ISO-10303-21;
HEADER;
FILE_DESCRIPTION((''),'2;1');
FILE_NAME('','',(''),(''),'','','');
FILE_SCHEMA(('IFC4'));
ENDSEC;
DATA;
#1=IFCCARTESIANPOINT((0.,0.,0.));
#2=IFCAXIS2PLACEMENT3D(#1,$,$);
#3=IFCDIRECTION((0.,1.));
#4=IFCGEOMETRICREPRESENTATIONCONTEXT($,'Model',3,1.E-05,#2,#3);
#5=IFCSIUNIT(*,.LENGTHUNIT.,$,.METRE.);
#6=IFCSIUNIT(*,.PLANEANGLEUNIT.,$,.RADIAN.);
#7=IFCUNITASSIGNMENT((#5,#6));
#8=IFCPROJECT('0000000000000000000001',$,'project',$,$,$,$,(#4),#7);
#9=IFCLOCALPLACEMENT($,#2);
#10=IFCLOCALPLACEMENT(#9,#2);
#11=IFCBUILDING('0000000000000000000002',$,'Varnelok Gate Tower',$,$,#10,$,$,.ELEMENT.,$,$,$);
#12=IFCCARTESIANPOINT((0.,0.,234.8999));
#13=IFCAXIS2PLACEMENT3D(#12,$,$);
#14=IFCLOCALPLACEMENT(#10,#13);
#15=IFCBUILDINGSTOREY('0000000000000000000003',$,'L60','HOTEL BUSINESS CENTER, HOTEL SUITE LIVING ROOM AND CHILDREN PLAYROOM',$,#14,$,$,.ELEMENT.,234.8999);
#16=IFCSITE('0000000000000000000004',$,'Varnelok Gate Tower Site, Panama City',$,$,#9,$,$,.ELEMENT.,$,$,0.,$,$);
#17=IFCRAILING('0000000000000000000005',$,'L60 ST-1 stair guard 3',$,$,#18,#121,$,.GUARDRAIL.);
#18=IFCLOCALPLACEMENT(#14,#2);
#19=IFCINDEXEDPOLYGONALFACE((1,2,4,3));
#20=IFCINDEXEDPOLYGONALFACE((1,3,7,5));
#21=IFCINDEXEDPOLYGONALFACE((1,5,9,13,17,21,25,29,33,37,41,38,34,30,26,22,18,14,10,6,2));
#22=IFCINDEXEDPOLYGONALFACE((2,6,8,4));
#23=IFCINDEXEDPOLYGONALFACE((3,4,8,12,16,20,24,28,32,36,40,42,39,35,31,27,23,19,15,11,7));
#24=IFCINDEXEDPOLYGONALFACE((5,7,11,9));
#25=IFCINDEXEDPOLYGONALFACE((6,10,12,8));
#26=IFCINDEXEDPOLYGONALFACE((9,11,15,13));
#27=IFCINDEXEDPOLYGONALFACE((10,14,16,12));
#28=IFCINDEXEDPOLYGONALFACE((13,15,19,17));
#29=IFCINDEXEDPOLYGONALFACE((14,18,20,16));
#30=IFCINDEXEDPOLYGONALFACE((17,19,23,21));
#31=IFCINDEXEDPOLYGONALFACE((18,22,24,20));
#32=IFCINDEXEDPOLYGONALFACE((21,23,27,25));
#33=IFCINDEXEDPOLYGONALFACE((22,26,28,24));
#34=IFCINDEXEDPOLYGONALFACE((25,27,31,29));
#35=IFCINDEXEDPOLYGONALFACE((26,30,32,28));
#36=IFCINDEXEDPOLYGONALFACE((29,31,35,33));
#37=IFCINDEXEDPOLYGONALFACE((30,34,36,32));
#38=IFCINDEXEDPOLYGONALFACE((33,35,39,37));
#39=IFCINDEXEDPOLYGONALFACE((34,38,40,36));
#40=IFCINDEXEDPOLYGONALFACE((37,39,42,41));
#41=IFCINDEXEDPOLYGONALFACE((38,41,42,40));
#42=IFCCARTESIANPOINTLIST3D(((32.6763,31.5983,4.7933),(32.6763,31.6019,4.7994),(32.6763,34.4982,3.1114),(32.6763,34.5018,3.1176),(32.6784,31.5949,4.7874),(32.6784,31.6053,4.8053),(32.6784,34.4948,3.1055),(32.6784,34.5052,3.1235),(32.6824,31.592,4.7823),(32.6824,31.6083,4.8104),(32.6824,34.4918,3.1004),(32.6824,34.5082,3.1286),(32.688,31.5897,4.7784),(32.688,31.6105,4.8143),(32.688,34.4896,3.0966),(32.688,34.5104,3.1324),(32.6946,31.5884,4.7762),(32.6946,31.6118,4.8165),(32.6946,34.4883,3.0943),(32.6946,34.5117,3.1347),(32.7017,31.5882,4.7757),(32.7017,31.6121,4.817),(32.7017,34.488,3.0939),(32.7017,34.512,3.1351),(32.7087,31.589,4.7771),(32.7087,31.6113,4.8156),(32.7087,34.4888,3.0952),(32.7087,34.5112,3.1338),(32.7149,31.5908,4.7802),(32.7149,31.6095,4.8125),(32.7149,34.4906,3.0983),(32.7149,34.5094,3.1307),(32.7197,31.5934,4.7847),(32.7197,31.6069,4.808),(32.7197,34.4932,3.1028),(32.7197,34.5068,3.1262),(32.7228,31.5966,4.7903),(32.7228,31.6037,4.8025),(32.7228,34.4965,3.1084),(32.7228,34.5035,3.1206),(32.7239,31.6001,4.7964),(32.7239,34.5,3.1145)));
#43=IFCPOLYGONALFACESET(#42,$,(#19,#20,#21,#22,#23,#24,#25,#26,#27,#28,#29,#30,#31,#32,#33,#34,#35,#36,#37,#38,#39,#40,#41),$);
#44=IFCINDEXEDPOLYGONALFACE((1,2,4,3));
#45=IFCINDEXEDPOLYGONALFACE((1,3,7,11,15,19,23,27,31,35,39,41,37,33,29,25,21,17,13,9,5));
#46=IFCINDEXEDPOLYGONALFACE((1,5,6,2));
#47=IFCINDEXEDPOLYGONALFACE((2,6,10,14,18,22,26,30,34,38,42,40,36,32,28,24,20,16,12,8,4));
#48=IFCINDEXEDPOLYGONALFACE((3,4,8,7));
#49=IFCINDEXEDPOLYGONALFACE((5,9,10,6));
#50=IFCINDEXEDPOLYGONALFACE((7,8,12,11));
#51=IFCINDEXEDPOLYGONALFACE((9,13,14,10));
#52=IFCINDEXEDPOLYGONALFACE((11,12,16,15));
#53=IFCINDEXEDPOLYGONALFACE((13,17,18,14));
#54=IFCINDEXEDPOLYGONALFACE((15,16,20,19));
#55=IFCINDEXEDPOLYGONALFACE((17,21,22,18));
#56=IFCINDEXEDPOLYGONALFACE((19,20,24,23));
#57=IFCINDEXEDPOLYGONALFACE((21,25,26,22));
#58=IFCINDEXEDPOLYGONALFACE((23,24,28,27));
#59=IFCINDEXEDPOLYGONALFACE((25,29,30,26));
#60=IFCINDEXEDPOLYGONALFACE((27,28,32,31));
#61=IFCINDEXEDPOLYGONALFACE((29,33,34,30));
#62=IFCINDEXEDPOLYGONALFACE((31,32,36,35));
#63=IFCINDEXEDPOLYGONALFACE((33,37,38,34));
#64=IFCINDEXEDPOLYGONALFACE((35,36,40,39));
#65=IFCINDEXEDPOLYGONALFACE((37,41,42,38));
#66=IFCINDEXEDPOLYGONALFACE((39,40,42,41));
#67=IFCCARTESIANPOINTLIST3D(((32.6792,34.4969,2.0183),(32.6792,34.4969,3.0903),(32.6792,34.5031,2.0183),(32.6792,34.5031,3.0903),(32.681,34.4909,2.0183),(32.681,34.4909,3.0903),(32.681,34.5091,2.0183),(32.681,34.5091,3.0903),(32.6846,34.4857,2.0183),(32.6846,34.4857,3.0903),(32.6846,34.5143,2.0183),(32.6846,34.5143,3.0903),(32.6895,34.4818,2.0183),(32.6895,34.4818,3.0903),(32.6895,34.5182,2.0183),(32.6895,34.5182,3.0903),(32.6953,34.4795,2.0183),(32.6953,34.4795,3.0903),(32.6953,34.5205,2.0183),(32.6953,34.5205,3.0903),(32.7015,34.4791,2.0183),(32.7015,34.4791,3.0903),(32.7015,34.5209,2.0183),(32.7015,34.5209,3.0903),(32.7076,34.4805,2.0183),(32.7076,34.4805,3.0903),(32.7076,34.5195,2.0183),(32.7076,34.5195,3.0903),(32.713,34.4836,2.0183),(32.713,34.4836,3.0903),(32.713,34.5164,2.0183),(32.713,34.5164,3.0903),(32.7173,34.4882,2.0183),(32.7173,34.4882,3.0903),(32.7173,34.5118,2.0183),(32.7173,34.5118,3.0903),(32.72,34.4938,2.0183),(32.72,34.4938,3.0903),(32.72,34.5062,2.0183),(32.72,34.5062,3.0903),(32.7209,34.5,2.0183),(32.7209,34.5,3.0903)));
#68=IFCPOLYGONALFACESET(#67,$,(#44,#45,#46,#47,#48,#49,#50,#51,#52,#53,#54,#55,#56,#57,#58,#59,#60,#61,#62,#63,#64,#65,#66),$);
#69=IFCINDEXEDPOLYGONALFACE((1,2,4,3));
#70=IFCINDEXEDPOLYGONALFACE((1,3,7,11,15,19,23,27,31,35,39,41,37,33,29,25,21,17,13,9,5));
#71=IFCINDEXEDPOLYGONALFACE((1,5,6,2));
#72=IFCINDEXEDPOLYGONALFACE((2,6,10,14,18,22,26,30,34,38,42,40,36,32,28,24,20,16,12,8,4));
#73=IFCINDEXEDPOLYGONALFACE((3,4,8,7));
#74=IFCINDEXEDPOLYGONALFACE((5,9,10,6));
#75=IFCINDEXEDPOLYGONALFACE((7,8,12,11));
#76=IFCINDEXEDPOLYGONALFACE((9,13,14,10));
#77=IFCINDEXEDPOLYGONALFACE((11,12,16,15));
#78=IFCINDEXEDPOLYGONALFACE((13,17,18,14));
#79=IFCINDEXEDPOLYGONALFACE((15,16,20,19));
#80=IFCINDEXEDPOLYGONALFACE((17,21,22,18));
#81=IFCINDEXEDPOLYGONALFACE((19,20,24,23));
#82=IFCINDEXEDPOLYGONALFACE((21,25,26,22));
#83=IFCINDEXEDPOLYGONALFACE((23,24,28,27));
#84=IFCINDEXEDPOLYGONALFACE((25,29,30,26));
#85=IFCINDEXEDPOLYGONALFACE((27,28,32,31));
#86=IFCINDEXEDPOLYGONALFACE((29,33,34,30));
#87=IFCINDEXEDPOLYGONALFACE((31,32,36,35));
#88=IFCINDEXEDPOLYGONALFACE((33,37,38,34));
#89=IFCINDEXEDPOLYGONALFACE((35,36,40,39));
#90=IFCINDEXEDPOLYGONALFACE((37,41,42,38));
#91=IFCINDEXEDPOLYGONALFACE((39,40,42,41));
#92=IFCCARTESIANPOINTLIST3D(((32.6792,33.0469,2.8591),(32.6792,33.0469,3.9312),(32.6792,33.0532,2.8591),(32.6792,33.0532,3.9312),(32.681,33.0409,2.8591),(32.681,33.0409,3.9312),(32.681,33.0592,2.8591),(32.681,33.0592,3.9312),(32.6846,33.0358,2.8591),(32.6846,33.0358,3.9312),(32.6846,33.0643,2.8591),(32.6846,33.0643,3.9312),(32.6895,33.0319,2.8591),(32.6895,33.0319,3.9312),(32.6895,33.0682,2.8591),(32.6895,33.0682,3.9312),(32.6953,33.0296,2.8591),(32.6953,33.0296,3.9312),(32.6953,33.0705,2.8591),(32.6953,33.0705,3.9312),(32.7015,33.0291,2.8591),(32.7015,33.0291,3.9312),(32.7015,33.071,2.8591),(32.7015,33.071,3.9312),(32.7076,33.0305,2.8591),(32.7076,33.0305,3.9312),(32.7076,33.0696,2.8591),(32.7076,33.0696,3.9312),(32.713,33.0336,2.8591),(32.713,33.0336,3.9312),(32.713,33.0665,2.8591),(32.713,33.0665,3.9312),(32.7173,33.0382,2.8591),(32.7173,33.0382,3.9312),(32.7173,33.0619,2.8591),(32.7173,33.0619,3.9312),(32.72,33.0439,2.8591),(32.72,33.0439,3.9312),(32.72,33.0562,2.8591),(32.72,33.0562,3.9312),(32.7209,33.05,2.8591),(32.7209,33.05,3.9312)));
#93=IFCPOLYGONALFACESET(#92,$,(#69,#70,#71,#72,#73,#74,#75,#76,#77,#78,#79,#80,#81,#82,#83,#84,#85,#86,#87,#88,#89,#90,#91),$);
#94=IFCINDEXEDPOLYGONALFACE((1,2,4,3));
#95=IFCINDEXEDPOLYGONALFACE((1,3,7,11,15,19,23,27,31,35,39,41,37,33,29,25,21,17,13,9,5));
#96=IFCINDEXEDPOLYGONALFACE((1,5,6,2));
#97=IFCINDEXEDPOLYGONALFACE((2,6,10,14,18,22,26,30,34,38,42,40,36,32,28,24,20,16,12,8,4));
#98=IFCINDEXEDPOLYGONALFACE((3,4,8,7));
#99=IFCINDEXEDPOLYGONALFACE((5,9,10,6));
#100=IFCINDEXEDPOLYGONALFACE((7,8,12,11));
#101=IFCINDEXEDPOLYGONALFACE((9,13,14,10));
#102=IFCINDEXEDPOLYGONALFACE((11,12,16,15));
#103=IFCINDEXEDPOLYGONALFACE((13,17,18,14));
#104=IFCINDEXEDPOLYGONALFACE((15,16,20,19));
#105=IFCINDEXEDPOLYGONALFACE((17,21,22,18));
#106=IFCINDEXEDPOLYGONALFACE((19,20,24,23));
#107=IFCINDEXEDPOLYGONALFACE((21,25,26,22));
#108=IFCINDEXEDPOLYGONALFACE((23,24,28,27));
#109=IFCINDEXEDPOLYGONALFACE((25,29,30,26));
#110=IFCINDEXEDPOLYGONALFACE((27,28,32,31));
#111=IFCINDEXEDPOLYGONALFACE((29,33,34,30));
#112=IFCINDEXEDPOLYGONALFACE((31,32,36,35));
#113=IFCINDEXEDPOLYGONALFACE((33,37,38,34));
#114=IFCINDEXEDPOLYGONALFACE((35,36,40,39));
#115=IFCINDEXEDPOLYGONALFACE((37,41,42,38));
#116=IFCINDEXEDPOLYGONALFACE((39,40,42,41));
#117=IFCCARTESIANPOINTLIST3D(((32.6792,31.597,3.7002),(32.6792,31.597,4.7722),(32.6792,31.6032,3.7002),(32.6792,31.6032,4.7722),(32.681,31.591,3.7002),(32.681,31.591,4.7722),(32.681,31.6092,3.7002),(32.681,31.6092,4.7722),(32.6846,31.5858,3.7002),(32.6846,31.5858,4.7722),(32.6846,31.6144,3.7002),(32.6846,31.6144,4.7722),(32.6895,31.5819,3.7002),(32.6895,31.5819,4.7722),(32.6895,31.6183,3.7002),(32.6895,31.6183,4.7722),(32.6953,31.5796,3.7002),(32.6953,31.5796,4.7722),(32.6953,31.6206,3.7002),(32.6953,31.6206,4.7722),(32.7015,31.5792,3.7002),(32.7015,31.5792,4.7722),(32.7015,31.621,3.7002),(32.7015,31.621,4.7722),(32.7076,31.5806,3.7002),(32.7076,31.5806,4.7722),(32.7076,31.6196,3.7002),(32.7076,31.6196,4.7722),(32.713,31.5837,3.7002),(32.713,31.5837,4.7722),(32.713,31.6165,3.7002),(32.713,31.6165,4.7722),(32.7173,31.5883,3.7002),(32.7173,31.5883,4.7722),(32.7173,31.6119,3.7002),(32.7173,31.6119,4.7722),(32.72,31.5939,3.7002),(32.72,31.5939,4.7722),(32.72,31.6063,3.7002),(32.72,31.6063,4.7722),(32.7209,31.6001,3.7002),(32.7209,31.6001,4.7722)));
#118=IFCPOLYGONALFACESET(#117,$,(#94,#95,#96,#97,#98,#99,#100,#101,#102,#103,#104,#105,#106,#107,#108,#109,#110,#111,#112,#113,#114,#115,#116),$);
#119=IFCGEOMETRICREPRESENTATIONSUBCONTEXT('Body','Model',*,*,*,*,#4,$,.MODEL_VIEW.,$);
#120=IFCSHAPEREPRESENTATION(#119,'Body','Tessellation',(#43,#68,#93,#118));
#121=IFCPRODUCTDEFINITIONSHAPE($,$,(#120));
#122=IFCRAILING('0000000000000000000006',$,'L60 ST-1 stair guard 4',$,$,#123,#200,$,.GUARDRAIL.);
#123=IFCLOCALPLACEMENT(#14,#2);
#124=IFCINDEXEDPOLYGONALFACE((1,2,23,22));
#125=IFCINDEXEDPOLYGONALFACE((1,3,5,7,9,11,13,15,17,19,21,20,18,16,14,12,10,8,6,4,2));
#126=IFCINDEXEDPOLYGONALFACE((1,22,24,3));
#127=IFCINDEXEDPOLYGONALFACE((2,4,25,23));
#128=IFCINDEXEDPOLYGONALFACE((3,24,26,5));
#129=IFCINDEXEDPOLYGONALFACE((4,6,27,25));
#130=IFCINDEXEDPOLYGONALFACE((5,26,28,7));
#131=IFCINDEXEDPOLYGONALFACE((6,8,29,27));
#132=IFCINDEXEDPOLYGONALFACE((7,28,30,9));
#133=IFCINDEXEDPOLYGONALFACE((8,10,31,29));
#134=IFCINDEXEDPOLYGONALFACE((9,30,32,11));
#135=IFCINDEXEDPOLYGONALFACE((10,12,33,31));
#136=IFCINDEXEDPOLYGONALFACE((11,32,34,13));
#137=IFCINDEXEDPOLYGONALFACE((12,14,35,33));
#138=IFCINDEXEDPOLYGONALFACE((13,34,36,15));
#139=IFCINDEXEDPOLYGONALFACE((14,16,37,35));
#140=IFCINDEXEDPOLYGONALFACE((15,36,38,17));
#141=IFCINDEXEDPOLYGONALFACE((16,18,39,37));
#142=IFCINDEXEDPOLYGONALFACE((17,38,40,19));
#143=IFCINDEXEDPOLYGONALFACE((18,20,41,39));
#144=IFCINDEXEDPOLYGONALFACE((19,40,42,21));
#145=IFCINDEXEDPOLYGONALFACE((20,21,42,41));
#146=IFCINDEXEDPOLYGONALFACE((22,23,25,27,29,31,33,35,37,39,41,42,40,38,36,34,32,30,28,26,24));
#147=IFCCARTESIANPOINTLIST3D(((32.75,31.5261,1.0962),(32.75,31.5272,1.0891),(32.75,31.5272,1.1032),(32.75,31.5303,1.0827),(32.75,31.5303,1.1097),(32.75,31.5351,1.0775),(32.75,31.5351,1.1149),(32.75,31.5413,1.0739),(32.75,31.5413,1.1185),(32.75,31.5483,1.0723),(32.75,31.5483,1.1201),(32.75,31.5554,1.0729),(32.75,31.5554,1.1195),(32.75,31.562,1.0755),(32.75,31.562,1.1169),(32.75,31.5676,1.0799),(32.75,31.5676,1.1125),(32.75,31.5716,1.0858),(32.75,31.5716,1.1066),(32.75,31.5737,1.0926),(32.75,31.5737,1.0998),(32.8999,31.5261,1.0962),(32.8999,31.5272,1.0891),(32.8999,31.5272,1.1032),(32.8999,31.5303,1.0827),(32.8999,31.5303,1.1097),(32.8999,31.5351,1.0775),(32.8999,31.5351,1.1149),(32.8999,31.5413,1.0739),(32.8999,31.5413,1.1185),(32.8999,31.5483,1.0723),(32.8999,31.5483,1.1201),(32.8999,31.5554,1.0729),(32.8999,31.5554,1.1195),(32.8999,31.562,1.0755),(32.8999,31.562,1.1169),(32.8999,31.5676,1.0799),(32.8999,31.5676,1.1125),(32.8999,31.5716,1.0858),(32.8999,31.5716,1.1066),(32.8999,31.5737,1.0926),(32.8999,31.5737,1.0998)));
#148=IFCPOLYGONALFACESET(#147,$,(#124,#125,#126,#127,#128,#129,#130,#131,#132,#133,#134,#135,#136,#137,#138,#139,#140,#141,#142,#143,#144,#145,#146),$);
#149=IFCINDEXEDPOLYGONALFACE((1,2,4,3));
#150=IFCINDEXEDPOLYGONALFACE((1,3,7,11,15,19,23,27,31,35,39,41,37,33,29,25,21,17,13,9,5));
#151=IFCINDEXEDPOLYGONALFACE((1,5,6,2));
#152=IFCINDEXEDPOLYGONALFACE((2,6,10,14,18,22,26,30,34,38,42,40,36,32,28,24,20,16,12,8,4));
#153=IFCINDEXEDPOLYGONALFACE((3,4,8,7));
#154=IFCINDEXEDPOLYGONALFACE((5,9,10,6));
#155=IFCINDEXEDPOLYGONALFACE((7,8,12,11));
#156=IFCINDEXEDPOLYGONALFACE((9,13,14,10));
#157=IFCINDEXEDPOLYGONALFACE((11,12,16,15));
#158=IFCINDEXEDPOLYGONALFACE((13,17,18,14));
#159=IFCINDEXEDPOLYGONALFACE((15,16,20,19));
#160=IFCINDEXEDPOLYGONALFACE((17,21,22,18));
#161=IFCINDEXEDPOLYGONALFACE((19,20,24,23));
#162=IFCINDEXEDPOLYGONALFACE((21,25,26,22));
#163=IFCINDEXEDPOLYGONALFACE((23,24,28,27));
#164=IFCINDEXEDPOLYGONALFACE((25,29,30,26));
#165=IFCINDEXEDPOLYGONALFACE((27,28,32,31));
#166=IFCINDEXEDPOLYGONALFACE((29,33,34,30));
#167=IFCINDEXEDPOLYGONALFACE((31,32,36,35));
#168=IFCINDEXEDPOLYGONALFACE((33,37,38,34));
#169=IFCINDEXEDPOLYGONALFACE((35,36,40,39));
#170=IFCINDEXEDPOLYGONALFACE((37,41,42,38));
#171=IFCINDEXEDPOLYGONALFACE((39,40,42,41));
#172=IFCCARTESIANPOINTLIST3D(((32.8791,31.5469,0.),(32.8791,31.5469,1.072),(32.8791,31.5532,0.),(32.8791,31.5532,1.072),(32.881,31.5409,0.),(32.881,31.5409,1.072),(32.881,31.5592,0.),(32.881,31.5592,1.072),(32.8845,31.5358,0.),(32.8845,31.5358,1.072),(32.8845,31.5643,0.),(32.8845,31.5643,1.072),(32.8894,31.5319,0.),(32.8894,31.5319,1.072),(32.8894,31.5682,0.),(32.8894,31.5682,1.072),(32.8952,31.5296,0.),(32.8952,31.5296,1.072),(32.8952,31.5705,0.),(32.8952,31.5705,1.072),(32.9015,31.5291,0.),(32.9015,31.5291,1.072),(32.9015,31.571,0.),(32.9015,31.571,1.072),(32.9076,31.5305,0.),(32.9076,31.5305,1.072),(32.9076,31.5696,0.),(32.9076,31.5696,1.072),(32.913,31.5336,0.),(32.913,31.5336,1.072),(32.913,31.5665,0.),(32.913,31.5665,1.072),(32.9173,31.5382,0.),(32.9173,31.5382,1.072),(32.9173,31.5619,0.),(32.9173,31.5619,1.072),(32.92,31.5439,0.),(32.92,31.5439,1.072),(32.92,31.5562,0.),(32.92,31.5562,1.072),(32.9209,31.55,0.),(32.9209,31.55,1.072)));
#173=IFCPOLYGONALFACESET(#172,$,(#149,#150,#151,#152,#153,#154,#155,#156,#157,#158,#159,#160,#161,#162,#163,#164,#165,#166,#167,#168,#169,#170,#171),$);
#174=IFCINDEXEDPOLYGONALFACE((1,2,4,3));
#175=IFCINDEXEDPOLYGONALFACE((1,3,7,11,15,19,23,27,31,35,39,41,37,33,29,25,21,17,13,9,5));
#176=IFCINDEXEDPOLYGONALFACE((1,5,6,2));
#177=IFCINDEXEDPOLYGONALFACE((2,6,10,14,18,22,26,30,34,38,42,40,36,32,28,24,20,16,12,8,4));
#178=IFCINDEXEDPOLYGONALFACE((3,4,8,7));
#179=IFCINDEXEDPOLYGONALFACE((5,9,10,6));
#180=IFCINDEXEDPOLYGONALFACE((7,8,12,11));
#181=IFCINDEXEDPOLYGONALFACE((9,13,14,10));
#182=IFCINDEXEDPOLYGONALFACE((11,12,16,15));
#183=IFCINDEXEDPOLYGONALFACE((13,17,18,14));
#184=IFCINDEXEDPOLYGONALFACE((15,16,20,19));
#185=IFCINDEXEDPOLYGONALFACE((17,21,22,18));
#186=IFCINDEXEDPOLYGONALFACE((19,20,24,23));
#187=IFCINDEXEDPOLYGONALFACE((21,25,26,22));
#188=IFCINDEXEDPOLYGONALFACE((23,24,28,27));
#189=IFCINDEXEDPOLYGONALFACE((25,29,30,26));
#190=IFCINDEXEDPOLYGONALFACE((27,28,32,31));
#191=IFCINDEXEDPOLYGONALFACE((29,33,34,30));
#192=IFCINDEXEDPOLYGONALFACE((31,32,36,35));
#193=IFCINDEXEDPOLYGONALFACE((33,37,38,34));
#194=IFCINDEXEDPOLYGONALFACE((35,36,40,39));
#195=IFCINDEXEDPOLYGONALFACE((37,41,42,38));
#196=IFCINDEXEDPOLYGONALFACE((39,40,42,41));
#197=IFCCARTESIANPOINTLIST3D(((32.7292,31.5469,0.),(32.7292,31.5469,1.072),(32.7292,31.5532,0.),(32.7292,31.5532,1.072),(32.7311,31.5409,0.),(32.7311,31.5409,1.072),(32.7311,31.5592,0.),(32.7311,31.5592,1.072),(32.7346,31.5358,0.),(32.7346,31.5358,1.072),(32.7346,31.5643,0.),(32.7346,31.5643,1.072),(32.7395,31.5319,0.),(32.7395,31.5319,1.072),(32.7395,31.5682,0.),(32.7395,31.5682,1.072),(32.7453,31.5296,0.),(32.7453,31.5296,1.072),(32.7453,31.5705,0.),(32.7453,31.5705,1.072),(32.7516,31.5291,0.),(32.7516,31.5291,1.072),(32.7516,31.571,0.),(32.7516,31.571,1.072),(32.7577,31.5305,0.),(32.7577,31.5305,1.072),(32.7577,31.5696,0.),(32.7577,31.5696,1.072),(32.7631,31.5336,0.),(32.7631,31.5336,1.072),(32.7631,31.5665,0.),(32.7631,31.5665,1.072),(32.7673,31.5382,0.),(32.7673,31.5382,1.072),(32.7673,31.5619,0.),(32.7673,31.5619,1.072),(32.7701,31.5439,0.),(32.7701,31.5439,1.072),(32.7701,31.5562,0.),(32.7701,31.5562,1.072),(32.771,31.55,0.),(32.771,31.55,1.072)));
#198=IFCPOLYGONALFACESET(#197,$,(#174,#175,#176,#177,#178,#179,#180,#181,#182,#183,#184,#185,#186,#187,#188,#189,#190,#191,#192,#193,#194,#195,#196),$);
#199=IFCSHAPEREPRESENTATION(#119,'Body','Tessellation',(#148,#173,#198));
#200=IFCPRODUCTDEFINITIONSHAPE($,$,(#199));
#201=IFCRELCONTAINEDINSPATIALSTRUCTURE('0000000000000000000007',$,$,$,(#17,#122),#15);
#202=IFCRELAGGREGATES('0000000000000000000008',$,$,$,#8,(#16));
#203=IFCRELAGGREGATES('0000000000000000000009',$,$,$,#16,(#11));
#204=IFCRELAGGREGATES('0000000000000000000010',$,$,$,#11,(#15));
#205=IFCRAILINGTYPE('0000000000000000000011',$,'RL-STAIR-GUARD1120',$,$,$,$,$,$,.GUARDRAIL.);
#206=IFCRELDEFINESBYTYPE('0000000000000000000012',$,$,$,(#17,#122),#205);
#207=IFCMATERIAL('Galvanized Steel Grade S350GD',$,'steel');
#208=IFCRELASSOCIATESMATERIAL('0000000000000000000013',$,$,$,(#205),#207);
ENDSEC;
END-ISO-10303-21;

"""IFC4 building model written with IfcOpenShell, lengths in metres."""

from ifc_helpers import new_model, si_unit, direction, frame, origin, origin_2d, place, context, subcontext, project, spatial, circle, extrude, material, type_object, element, save


model = new_model("IFC4")

# Units and contexts
model_context = context("Model", 3, precision=1e-05, world=origin(), true_north=direction((0.0, 1.0)))
body_context = subcontext(model_context, "Body", "Model", "MODEL_VIEW")
ifc_project = project(units=[si_unit("LENGTHUNIT", "METRE"), si_unit("PLANEANGLEUNIT", "RADIAN")], contexts=[model_context])

# Site, building, storey
site_placement = place(None, origin())
site = spatial("IfcSite", under=ifc_project, at=site_placement, Name="Varnelok Gate Tower Site, Panama City", CompositionType="ELEMENT", RefElevation=0.0)
building_placement = place(site_placement, origin())
building = spatial("IfcBuilding", under=site, at=building_placement, Name="Varnelok Gate Tower", CompositionType="ELEMENT")
storey_placement = place(building_placement, frame((0.0, 0.0, 234.8999)))
storey = spatial("IfcBuildingStorey", under=building, at=storey_placement, Name="L60", Description="HOTEL BUSINESS CENTER, HOTEL SUITE LIVING ROOM AND CHILDREN PLAYROOM", CompositionType="ELEMENT", Elevation=234.8999)

# Shared definitions
ifc_material_1 = material(Name="Galvanized Steel Grade S350GD", Category="steel")

# Railings
railing_type_1 = type_object("IfcRailingType", Name="RL-STAIR-GUARD1120", PredefinedType="GUARDRAIL", material=ifc_material_1)
railing_1_placement = place(storey_placement, frame((32.7, 34.5, 2.0183)))
element("IfcRailing", 1, at=railing_1_placement, inside=storey, type_object=railing_type_1, Name="L60 ST-1 stair guard 3", PredefinedType="GUARDRAIL", context=body_context, shape_type="SweptSolid", body=[
    extrude(circle(Radius=0.0239, at=origin_2d()), frame((0.0, 0.0, 1.0962), z_axis=(0.0, -0.865039, 0.501705), x_axis=(1.0, 0.0, 0.0)), (0.0, 0.0, 1.0), 3.3523),
    extrude(circle(Radius=0.021, at=origin_2d()), origin(), (0.0, 0.0, 1.0), 1.072),
    extrude(circle(Radius=0.021, at=origin_2d()), frame((0.0, -1.45, 0.8408)), (0.0, 0.0, 1.0), 1.072),
    extrude(circle(Radius=0.021, at=origin_2d()), frame((0.0, -2.8999, 1.6819)), (0.0, 0.0, 1.0), 1.072),
])
railing_2_placement = place(storey_placement, frame((32.8999, 31.55, 0.0)))
element("IfcRailing", 2, at=railing_2_placement, inside=storey, type_object=railing_type_1, Name="L60 ST-1 stair guard 4", PredefinedType="GUARDRAIL", context=body_context, shape_type="SweptSolid", body=[
    extrude(circle(Radius=0.0239, at=origin_2d()), frame((0.0, 0.0, 1.0962), z_axis=(-1.0, 0.0, 0.0), x_axis=(0.0, -1.0, 0.0)), (0.0, 0.0, 1.0), 0.1499),
    extrude(circle(Radius=0.021, at=origin_2d()), origin(), (0.0, 0.0, 1.0), 1.072),
    extrude(circle(Radius=0.021, at=origin_2d()), frame((-0.1499, 0.0, 0.0)), (0.0, 0.0, 1.0), 1.072),
])

save(model, "model.ifc")
